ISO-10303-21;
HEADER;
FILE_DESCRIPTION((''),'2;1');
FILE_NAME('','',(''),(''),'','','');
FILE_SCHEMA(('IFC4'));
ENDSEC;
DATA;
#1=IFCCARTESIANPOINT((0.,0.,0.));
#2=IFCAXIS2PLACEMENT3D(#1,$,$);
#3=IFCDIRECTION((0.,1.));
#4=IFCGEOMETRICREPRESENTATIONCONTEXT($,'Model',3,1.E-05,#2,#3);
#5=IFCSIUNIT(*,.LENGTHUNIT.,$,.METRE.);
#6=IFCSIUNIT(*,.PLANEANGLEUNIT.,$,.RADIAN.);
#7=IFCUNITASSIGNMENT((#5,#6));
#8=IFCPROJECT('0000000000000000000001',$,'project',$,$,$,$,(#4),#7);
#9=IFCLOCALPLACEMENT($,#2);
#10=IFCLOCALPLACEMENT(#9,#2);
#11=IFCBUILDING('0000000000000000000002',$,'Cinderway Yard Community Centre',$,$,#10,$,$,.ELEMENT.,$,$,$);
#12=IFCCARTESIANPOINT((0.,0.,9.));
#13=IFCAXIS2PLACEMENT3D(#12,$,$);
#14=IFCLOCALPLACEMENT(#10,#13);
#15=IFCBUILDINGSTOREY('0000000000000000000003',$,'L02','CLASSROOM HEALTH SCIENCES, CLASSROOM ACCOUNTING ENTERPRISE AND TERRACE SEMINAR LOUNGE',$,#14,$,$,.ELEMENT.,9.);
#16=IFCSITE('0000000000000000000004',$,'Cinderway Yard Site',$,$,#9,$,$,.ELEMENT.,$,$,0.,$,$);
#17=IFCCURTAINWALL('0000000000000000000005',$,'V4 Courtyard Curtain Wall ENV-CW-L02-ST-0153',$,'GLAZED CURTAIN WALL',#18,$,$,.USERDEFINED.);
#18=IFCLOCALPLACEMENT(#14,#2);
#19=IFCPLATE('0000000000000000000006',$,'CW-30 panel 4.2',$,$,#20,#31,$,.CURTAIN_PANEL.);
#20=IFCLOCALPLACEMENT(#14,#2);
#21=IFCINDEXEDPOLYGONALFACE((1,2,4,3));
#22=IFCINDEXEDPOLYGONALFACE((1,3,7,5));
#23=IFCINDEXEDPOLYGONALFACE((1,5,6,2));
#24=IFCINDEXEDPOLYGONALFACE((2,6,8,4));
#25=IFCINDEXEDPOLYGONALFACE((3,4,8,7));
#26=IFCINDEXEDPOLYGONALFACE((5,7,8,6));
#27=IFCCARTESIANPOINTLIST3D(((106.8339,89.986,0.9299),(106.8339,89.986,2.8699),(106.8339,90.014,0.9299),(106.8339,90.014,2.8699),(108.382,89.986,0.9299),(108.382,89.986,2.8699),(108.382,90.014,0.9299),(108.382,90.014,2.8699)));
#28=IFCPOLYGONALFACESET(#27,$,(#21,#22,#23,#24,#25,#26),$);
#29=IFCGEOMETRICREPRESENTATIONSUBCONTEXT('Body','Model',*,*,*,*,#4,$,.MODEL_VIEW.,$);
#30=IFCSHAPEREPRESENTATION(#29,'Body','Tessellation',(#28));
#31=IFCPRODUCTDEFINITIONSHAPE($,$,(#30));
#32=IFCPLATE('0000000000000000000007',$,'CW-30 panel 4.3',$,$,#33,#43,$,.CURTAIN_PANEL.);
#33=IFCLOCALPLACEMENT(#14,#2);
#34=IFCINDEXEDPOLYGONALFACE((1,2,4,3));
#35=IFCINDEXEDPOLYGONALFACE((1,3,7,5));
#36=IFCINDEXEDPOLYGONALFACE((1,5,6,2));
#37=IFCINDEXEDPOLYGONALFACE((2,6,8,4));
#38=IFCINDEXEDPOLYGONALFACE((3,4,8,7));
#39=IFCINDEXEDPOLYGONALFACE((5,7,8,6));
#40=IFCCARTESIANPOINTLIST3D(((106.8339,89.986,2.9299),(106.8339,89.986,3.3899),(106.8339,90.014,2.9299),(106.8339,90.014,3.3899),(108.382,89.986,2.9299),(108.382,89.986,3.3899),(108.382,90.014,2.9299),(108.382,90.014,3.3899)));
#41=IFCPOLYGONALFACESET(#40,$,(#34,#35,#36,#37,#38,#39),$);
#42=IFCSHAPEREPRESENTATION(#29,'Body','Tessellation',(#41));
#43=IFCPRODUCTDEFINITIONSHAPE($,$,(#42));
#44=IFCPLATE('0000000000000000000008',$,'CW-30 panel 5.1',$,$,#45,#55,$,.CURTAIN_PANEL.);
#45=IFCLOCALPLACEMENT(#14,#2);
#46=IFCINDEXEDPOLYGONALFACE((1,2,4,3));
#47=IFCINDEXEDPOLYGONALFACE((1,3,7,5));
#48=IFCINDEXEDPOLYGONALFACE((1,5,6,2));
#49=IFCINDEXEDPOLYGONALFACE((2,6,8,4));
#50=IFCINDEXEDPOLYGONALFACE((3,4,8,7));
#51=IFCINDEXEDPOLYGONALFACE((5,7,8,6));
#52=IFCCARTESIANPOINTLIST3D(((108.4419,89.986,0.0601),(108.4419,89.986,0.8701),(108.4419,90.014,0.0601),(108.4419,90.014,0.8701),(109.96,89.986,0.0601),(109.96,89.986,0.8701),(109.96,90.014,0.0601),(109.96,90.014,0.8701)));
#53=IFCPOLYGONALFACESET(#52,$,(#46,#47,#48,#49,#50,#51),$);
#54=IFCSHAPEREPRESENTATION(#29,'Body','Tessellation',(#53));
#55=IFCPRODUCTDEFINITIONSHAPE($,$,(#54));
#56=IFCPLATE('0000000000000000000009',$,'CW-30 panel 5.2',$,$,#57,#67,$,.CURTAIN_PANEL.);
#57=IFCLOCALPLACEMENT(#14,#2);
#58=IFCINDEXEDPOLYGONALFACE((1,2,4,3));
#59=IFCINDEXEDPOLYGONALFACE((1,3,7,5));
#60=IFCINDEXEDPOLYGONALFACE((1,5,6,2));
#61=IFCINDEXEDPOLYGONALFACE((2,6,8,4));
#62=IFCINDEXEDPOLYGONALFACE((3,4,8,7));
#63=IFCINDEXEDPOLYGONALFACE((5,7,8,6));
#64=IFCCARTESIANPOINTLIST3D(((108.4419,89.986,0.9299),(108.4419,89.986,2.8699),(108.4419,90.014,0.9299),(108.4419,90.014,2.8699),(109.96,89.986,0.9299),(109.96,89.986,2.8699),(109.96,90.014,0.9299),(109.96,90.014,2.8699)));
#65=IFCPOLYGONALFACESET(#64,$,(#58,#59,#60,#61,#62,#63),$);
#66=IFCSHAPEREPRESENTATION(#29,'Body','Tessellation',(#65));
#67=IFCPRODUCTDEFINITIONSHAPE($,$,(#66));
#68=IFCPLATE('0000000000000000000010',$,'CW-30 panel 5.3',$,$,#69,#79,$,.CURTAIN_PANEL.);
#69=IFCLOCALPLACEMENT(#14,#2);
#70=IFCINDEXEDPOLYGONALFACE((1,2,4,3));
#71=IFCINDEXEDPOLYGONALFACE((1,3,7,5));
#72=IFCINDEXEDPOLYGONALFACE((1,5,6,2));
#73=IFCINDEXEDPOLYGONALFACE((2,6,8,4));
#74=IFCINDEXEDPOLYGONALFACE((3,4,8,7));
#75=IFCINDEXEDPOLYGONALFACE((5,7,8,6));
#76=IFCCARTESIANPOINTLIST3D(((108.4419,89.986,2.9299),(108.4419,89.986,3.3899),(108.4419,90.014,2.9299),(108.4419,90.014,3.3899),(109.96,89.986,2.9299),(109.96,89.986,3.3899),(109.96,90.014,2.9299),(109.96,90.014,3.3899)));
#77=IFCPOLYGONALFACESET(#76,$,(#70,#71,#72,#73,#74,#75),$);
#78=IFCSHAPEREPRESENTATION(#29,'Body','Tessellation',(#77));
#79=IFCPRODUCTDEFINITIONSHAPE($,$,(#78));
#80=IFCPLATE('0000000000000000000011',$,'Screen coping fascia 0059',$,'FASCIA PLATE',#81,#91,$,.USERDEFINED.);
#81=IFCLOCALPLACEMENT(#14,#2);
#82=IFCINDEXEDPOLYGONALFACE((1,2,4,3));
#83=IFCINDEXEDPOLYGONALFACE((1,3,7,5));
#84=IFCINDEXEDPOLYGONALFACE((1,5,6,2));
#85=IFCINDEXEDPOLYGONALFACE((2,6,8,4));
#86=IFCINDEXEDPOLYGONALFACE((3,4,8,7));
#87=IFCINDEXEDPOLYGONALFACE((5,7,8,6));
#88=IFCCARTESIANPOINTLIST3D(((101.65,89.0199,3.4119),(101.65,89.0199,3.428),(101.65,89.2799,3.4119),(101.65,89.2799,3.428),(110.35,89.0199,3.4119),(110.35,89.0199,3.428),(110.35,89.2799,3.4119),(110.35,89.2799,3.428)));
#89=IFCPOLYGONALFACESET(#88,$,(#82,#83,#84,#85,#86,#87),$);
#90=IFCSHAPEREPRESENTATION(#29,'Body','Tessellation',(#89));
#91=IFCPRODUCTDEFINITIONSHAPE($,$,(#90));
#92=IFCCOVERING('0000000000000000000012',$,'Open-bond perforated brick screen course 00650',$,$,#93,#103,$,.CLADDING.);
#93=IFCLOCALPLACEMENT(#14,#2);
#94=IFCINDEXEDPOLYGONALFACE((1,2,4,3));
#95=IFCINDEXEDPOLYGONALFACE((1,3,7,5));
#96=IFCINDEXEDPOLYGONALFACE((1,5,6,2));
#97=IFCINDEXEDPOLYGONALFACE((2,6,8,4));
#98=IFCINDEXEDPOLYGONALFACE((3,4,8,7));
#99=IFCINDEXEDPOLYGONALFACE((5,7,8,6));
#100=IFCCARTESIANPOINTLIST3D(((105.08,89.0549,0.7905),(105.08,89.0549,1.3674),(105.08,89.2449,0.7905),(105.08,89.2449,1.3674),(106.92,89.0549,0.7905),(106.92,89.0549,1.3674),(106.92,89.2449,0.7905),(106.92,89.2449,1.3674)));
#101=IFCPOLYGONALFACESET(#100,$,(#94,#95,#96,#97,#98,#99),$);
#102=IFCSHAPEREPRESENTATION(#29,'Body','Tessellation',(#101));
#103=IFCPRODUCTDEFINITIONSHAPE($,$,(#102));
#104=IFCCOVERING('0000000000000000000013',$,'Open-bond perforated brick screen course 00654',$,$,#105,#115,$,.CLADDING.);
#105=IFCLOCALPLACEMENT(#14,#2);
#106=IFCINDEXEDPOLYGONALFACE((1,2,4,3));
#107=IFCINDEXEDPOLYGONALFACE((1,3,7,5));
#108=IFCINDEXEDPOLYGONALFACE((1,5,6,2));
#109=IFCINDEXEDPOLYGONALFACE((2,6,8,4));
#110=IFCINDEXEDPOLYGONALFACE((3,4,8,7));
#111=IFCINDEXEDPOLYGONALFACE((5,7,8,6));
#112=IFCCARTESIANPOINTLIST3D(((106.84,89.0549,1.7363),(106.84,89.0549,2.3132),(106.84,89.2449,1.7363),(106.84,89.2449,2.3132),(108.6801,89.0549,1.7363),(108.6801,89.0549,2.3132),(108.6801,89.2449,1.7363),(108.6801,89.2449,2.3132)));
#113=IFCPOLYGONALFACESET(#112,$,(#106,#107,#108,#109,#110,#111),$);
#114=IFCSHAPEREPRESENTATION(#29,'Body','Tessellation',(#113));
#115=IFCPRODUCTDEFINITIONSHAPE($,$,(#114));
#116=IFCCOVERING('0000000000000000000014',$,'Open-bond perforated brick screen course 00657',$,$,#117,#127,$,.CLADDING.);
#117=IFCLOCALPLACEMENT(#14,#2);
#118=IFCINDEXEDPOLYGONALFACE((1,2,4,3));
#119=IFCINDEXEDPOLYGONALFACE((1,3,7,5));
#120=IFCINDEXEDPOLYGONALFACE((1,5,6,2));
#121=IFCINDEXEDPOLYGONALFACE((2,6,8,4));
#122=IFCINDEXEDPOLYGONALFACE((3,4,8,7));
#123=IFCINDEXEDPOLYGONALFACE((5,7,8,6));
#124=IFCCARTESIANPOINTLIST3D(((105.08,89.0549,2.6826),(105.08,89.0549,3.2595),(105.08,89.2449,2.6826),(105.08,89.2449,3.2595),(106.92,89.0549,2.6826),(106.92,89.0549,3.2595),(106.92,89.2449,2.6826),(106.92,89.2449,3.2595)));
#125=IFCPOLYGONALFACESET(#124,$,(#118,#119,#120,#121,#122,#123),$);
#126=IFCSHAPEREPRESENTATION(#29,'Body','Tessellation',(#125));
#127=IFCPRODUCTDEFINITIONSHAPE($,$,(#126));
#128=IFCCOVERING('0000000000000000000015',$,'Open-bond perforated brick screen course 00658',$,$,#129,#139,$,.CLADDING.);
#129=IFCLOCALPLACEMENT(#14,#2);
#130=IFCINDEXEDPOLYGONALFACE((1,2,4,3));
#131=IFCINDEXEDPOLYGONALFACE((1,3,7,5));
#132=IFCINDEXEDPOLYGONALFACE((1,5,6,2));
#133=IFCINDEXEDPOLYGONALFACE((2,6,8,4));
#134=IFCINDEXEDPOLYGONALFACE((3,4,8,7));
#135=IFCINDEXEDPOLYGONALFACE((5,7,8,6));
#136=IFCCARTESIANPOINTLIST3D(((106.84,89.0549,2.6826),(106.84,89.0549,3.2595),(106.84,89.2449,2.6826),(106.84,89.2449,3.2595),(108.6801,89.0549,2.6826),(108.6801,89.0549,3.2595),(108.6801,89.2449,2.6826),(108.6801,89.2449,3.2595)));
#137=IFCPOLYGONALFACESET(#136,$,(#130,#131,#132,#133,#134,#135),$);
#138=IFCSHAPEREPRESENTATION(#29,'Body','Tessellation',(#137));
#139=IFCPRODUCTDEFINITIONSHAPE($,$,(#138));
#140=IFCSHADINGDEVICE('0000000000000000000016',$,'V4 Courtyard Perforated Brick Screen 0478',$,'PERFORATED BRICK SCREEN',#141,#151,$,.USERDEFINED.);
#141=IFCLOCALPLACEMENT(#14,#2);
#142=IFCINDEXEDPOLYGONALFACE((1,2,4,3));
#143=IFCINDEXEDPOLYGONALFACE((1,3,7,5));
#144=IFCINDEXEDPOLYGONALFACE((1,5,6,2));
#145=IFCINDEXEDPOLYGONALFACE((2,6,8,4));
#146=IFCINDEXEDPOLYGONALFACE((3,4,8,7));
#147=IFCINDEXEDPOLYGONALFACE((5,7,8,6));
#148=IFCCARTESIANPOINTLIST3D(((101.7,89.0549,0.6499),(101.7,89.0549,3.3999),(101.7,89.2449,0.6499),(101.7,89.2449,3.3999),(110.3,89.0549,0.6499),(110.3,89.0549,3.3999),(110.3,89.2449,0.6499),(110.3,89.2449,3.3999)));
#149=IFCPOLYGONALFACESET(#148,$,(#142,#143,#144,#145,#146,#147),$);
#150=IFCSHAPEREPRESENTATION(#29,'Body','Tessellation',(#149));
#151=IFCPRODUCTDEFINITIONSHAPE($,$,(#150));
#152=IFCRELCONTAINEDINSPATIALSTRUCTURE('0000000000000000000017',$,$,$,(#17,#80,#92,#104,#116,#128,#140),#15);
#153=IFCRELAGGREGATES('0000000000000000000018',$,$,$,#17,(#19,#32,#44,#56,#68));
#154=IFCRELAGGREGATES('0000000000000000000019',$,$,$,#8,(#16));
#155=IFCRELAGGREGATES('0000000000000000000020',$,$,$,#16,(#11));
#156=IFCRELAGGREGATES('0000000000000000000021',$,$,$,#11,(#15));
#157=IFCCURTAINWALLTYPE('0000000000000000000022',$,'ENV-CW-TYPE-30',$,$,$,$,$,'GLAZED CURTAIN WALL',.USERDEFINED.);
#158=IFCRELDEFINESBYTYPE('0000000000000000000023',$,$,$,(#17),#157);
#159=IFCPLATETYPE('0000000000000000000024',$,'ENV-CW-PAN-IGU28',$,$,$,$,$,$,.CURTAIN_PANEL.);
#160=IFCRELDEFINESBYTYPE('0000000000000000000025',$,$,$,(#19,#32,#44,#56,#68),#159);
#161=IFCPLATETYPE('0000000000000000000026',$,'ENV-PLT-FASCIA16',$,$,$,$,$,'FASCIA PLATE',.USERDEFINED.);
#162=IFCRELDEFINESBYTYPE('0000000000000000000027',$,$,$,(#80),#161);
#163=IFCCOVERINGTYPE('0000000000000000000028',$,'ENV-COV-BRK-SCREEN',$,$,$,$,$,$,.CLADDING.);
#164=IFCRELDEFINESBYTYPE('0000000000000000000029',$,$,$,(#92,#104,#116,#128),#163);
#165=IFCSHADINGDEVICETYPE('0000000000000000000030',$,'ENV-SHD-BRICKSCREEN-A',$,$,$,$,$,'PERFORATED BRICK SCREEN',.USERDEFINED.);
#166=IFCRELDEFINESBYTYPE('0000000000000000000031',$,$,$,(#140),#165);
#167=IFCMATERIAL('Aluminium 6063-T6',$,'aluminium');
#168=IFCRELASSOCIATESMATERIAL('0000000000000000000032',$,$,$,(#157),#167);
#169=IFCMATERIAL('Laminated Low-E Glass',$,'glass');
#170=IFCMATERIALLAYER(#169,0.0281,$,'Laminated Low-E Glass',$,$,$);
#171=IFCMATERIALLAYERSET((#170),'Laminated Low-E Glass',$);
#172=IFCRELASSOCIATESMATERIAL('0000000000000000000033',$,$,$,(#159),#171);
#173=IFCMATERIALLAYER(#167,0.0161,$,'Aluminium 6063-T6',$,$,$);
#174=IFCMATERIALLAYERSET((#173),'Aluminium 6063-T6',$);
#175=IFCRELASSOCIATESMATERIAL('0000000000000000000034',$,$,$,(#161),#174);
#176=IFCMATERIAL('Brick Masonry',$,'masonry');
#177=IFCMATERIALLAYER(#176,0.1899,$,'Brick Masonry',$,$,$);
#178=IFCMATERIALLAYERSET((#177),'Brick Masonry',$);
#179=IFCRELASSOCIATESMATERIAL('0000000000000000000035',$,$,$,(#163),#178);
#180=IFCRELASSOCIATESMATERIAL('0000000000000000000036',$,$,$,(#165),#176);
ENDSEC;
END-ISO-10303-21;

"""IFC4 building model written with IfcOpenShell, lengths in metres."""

from ifc_helpers import new_model, si_unit, direction, frame, origin, origin_2d, place, context, subcontext, project, spatial, rectangle, extrude, material, layer, layer_set, type_object, element, aggregate, save


model = new_model("IFC4")

# Units and contexts
model_context = context("Model", 3, precision=1e-05, world=origin(), true_north=direction((0.0, 1.0)))
body_context = subcontext(model_context, "Body", "Model", "MODEL_VIEW")
ifc_project = project(units=[si_unit("LENGTHUNIT", "METRE"), si_unit("PLANEANGLEUNIT", "RADIAN")], contexts=[model_context])

# Site, building, storey
site_placement = place(None, origin())
site = spatial("IfcSite", under=ifc_project, at=site_placement, Name="Cinderway Yard Site", CompositionType="ELEMENT", RefElevation=0.0)
building_placement = place(site_placement, origin())
building = spatial("IfcBuilding", under=site, at=building_placement, Name="Cinderway Yard Community Centre", CompositionType="ELEMENT")
storey_placement = place(building_placement, frame((0.0, 0.0, 9.0)))
storey = spatial("IfcBuildingStorey", under=building, at=storey_placement, Name="L02", Description="CLASSROOM HEALTH SCIENCES, CLASSROOM ACCOUNTING ENTERPRISE AND TERRACE SEMINAR LOUNGE", CompositionType="ELEMENT", Elevation=9.0)

# Curtain wall
ifc_material_1 = material(Name="Aluminium 6063-T6", Category="aluminium")
curtain_wall_type = type_object("IfcCurtainWallType", Name="ENV-CW-TYPE-30", ElementType="GLAZED CURTAIN WALL", PredefinedType="USERDEFINED", material=ifc_material_1)
curtain_wall_placement = place(storey_placement, origin())
curtain_wall = element("IfcCurtainWall", 1, at=curtain_wall_placement, inside=storey, type_object=curtain_wall_type, Name="V4 Courtyard Curtain Wall ENV-CW-L02-ST-0153", ObjectType="GLAZED CURTAIN WALL", PredefinedType="USERDEFINED")

# Plates
ifc_material_2 = material(Name="Laminated Low-E Glass", Category="glass")
ifc_layer_1 = layer(ifc_material_2, 0.0281, Name="Laminated Low-E Glass")
ifc_layer_set_1 = layer_set([ifc_layer_1], Name="Laminated Low-E Glass")
plate_type_1 = type_object("IfcPlateType", Name="ENV-CW-PAN-IGU28", PredefinedType="CURTAIN_PANEL", material=ifc_layer_set_1)
plate_1_placement = place(storey_placement, frame((107.6079, 90.0, 0.9299), z_axis=(0.0, 0.0, 1.0), x_axis=(1.0, 0.0, 0.0)))
plate_1 = element("IfcPlate", 2, at=plate_1_placement, type_object=plate_type_1, Name="CW-30 panel 4.2", PredefinedType="CURTAIN_PANEL", context=body_context, shape_type="SweptSolid", body=[
    extrude(rectangle(XDim=1.5481, YDim=0.0281, at=origin_2d()), origin(), (0.0, 0.0, 1.0), 1.9399),
])
plate_2_placement = place(storey_placement, frame((107.6079, 90.0, 2.9299), z_axis=(0.0, 0.0, 1.0), x_axis=(1.0, 0.0, 0.0)))
plate_2 = element("IfcPlate", 3, at=plate_2_placement, type_object=plate_type_1, Name="CW-30 panel 4.3", PredefinedType="CURTAIN_PANEL", context=body_context, shape_type="SweptSolid", body=[
    extrude(rectangle(XDim=1.5481, YDim=0.0281, at=origin_2d()), origin(), (0.0, 0.0, 1.0), 0.46),
])
plate_3_placement = place(storey_placement, frame((109.2009, 90.0, 0.0601), z_axis=(0.0, 0.0, 1.0), x_axis=(1.0, 0.0, 0.0)))
plate_3 = element("IfcPlate", 4, at=plate_3_placement, type_object=plate_type_1, Name="CW-30 panel 5.1", PredefinedType="CURTAIN_PANEL", context=body_context, shape_type="SweptSolid", body=[
    extrude(rectangle(XDim=1.5181, YDim=0.0281, at=origin_2d()), origin(), (0.0, 0.0, 1.0), 0.8101),
])
plate_4_placement = place(storey_placement, frame((109.2009, 90.0, 0.9299), z_axis=(0.0, 0.0, 1.0), x_axis=(1.0, 0.0, 0.0)))
plate_4 = element("IfcPlate", 5, at=plate_4_placement, type_object=plate_type_1, Name="CW-30 panel 5.2", PredefinedType="CURTAIN_PANEL", context=body_context, shape_type="SweptSolid", body=[
    extrude(rectangle(XDim=1.5181, YDim=0.0281, at=origin_2d()), origin(), (0.0, 0.0, 1.0), 1.9399),
])
plate_5_placement = place(storey_placement, frame((109.2009, 90.0, 2.9299), z_axis=(0.0, 0.0, 1.0), x_axis=(1.0, 0.0, 0.0)))
plate_5 = element("IfcPlate", 6, at=plate_5_placement, type_object=plate_type_1, Name="CW-30 panel 5.3", PredefinedType="CURTAIN_PANEL", context=body_context, shape_type="SweptSolid", body=[
    extrude(rectangle(XDim=1.5181, YDim=0.0281, at=origin_2d()), origin(), (0.0, 0.0, 1.0), 0.46),
])
aggregate(curtain_wall, [plate_1, plate_2, plate_3, plate_4, plate_5])
ifc_layer_2 = layer(ifc_material_1, 0.0161, Name="Aluminium 6063-T6")
ifc_layer_set_2 = layer_set([ifc_layer_2], Name="Aluminium 6063-T6")
plate_type_2 = type_object("IfcPlateType", Name="ENV-PLT-FASCIA16", ElementType="FASCIA PLATE", PredefinedType="USERDEFINED", material=ifc_layer_set_2)
plate_6_placement = place(storey_placement, frame((106.0, 89.1499, 3.4119), z_axis=(0.0, 0.0, 1.0), x_axis=(-1.0, 0.0, 0.0)))
element("IfcPlate", 7, at=plate_6_placement, inside=storey, type_object=plate_type_2, Name="Screen coping fascia 0059", ObjectType="FASCIA PLATE", PredefinedType="USERDEFINED", context=body_context, shape_type="SweptSolid", body=[
    extrude(rectangle(XDim=8.7, YDim=0.26, at=origin_2d()), origin(), (0.0, 0.0, 1.0), 0.0161),
])

# Coverings
ifc_material_3 = material(Name="Brick Masonry", Category="masonry")
ifc_layer_3 = layer(ifc_material_3, 0.1899, Name="Brick Masonry")
ifc_layer_set_3 = layer_set([ifc_layer_3], Name="Brick Masonry")
covering_type = type_object("IfcCoveringType", Name="ENV-COV-BRK-SCREEN", PredefinedType="CLADDING", material=ifc_layer_set_3)
for number, where, z_axis, x_axis, name in (
    (8, (106.0, 89.1499, 0.7905), (0.0, 0.0, 1.0), (-1.0, 0.0, 0.0), "Open-bond perforated brick screen course 00650"),
    (9, (107.76, 89.1499, 1.7363), (0.0, 0.0, 1.0), (-1.0, 0.0, 0.0), "Open-bond perforated brick screen course 00654"),
    (10, (106.0, 89.1499, 2.6826), (0.0, 0.0, 1.0), (-1.0, 0.0, 0.0), "Open-bond perforated brick screen course 00657"),
    (11, (107.76, 89.1499, 2.6826), (0.0, 0.0, 1.0), (-1.0, 0.0, 0.0), "Open-bond perforated brick screen course 00658"),
):
    element("IfcCovering", number, at=place(storey_placement, frame(where, z_axis=z_axis, x_axis=x_axis)), inside=storey, type_object=covering_type, Name=name, PredefinedType="CLADDING", context=body_context, shape_type="SweptSolid", body=[
        extrude(rectangle(XDim=1.8401, YDim=0.1899, at=origin_2d()), origin(), (0.0, 0.0, 1.0), 0.5769),
    ])

# Shading device
shading_device_type = type_object("IfcShadingDeviceType", Name="ENV-SHD-BRICKSCREEN-A", ElementType="PERFORATED BRICK SCREEN", PredefinedType="USERDEFINED", material=ifc_material_3)
shading_device_placement = place(storey_placement, frame((106.0, 89.1499, 0.6499), z_axis=(0.0, 0.0, 1.0), x_axis=(-1.0, 0.0, 0.0)))
element("IfcShadingDevice", 12, at=shading_device_placement, inside=storey, type_object=shading_device_type, Name="V4 Courtyard Perforated Brick Screen 0478", ObjectType="PERFORATED BRICK SCREEN", PredefinedType="USERDEFINED", context=body_context, shape_type="SweptSolid", body=[
    extrude(rectangle(XDim=8.6001, YDim=0.1899, at=origin_2d()), origin(), (0.0, 0.0, 1.0), 2.75),
])

save(model, "model.ifc")
